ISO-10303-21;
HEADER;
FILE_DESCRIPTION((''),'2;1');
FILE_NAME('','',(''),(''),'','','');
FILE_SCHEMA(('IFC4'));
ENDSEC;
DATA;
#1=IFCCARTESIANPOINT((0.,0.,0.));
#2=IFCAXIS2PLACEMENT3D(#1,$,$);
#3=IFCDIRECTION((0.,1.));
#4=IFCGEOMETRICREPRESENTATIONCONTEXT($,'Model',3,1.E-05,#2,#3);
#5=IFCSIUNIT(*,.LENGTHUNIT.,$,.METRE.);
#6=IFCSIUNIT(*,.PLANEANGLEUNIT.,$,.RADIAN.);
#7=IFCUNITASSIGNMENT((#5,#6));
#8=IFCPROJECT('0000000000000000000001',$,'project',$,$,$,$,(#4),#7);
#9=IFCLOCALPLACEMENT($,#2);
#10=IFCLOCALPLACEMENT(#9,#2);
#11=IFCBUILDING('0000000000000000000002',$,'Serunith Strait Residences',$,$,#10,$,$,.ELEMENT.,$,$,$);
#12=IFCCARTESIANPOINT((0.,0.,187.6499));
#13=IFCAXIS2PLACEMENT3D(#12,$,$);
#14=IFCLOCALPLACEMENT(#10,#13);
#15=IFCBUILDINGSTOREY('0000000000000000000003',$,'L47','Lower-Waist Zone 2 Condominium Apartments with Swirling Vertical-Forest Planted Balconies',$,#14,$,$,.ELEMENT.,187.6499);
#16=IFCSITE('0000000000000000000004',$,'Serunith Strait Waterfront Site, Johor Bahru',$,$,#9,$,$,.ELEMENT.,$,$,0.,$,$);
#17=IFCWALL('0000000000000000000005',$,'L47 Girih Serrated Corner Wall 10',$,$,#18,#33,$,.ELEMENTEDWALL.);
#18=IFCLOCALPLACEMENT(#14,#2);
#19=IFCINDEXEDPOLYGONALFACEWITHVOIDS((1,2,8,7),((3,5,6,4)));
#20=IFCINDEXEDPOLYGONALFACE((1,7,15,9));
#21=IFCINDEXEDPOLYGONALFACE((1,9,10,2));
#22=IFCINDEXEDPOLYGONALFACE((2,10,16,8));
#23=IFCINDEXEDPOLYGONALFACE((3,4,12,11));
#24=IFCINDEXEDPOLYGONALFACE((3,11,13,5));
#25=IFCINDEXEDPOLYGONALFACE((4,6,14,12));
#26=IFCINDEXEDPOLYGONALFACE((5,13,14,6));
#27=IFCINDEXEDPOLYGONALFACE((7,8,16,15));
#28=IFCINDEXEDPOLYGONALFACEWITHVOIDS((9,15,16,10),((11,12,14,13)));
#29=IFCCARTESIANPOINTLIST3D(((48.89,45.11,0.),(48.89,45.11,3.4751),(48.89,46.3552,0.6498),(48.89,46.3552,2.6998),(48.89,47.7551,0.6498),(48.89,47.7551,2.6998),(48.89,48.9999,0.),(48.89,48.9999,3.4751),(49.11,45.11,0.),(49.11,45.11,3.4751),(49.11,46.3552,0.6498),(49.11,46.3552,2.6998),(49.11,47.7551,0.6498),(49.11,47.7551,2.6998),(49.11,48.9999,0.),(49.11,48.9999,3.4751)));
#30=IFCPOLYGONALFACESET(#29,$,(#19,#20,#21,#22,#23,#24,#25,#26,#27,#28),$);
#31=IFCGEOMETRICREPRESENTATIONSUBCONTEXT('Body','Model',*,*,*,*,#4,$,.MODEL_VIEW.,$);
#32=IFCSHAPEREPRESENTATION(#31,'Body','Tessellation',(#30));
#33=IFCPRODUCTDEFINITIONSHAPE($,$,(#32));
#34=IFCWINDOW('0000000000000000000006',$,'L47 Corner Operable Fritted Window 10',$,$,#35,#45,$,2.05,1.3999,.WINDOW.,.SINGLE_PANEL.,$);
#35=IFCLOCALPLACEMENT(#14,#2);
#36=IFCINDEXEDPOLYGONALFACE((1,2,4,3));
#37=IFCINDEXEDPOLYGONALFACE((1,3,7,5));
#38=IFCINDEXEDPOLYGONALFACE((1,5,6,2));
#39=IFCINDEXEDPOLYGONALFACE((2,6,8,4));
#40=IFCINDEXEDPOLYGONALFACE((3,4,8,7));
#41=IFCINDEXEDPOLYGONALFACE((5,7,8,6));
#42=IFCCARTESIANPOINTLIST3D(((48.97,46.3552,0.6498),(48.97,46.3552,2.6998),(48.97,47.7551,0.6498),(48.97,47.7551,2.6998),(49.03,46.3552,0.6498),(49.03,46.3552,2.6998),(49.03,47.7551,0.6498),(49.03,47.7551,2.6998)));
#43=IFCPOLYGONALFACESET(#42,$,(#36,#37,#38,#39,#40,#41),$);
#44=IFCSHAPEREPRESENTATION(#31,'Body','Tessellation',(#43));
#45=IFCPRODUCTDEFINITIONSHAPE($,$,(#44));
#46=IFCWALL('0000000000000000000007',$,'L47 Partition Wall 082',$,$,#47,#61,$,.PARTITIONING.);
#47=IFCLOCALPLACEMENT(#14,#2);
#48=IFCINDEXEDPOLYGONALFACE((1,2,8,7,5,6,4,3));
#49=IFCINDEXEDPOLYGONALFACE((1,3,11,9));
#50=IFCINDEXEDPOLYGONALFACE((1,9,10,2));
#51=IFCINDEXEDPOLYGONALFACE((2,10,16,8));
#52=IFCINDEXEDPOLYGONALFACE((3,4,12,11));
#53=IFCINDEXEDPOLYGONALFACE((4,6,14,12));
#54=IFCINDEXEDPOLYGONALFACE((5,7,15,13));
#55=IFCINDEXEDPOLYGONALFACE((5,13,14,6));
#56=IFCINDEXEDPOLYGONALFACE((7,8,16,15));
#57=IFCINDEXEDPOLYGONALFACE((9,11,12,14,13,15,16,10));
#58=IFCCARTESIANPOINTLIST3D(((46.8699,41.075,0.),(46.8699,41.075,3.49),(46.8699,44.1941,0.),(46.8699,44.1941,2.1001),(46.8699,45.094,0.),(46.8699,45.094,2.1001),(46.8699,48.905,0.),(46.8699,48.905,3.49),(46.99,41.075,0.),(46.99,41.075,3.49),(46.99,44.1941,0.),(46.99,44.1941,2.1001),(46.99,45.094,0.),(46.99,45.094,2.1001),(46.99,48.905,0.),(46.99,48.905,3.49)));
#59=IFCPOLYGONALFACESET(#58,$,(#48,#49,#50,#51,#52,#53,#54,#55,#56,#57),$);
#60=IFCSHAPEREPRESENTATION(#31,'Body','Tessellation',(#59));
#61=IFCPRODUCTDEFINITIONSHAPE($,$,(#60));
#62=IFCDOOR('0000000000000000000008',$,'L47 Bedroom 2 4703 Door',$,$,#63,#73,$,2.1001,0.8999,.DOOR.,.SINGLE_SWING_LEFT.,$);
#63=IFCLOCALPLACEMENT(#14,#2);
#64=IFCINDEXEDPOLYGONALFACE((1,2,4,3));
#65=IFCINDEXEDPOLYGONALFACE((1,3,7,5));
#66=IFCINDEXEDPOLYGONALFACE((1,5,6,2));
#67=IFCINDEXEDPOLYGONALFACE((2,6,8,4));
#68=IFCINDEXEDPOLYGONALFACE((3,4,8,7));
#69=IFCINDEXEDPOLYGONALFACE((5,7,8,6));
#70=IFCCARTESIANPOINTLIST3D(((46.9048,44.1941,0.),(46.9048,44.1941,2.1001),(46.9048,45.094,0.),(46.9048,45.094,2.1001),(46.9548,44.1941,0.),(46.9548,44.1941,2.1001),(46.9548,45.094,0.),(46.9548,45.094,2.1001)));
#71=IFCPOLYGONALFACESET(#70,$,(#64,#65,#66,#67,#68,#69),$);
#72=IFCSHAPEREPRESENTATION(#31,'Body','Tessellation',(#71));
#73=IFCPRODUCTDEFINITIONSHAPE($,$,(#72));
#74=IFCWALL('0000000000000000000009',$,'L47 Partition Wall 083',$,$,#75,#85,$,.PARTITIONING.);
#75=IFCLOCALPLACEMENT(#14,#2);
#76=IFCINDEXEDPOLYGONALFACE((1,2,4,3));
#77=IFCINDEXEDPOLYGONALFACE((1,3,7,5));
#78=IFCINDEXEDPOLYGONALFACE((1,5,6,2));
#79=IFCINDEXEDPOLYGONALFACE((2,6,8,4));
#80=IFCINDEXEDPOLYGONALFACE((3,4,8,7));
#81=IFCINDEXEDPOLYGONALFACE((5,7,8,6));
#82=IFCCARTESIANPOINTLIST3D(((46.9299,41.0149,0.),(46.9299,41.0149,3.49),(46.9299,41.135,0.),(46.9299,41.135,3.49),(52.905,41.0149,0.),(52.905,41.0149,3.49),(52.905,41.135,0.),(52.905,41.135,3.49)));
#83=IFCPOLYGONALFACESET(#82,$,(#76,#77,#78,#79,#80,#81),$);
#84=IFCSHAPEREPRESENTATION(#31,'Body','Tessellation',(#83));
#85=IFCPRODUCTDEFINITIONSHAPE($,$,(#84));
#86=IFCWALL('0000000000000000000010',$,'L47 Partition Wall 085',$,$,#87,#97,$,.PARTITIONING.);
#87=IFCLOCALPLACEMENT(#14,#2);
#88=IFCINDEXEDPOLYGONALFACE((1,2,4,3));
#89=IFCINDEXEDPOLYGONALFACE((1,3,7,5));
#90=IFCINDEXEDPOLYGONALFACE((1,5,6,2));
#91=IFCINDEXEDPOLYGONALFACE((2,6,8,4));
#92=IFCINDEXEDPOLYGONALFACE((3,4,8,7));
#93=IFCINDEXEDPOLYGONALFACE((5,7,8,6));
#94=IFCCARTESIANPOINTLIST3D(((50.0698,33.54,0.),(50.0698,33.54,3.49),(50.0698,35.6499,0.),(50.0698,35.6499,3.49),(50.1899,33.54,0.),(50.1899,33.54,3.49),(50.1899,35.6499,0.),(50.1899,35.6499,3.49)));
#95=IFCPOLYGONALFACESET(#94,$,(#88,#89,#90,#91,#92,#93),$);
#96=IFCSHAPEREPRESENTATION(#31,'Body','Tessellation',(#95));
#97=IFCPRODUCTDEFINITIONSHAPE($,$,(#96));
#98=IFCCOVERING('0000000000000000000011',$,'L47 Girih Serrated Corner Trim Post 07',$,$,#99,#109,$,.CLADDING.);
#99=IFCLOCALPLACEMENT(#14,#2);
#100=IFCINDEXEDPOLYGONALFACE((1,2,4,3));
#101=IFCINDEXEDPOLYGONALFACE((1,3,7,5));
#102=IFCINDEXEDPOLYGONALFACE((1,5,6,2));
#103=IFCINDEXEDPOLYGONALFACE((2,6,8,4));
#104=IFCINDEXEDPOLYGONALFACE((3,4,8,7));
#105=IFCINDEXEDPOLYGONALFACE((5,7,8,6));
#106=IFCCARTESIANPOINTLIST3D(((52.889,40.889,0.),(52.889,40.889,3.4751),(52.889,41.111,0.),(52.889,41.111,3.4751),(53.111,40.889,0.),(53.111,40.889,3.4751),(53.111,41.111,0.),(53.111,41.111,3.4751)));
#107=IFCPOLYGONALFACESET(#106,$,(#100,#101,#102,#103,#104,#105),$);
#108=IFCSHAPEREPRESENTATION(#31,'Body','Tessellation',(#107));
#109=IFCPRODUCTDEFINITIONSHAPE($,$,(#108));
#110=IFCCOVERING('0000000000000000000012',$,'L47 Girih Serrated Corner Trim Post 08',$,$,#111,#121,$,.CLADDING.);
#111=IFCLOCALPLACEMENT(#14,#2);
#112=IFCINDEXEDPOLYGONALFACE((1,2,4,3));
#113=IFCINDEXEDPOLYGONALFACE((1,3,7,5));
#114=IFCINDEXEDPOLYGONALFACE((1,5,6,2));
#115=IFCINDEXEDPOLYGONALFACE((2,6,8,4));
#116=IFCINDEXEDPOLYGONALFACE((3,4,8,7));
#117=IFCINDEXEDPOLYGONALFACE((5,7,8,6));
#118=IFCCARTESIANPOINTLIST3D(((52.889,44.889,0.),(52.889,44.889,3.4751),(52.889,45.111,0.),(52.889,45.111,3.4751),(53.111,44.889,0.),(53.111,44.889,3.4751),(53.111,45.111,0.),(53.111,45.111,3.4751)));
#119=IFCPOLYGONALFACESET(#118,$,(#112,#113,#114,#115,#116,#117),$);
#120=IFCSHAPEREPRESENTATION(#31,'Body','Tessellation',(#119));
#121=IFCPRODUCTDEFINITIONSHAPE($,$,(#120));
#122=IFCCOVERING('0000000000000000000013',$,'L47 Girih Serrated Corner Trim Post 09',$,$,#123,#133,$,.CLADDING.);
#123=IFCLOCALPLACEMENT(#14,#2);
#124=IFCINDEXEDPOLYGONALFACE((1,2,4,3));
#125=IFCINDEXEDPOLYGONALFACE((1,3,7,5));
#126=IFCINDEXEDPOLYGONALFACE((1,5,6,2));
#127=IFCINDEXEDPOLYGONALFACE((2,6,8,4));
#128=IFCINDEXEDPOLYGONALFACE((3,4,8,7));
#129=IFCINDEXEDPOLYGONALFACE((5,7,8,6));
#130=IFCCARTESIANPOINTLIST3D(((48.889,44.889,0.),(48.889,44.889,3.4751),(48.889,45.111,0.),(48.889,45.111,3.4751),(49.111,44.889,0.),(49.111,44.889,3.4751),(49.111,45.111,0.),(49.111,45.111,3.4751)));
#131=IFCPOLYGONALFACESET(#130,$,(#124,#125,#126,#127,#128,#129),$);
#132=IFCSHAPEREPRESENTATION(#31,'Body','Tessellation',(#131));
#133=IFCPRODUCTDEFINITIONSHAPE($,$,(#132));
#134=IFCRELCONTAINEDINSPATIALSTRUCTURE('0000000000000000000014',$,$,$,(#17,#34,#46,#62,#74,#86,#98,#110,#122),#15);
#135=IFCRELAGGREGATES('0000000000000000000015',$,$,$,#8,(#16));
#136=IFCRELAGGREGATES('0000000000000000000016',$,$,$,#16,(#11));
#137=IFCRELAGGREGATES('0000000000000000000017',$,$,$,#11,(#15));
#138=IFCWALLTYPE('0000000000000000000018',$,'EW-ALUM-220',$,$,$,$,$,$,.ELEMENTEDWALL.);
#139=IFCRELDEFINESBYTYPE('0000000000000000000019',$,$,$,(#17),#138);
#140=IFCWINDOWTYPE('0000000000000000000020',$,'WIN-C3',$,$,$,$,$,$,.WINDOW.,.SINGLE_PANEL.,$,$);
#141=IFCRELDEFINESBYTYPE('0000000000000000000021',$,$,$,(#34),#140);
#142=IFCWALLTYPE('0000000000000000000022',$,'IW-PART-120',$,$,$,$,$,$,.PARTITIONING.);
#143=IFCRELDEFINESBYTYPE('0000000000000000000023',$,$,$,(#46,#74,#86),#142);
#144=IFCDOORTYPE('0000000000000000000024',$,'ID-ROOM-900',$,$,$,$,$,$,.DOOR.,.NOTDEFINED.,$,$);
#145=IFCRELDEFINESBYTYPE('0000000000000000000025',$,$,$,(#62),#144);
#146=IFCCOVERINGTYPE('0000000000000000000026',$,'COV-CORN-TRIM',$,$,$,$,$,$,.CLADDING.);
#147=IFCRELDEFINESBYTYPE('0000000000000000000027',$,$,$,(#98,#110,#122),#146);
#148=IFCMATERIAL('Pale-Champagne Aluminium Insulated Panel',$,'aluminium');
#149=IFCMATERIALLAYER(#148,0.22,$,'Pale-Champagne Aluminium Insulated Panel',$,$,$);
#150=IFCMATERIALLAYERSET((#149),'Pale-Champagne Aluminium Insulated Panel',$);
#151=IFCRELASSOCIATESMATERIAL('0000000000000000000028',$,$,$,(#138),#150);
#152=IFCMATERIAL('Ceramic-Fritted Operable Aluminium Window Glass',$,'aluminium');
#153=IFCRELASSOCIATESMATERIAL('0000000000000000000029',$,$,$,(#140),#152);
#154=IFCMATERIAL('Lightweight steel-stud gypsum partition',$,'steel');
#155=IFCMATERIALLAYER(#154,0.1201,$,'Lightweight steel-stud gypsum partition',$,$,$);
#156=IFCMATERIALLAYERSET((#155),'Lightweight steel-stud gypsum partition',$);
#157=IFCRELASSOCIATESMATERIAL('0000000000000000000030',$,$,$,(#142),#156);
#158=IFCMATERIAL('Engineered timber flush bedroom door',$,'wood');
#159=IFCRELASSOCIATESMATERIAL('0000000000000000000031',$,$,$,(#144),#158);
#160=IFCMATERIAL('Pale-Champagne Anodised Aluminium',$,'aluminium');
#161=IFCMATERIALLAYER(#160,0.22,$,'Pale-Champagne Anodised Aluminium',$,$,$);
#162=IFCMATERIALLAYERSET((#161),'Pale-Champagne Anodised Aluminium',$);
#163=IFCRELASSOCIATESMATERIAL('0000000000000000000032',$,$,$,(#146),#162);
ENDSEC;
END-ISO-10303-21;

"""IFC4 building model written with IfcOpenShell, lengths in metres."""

from ifc_helpers import new_model, si_unit, direction, frame, frame_2d, origin, origin_2d, place, context, subcontext, project, spatial, rectangle, extrude, source, transform, mapped, material, layer, layer_set, type_object, element, fill, save


model = new_model("IFC4")

# Units and contexts
model_context = context("Model", 3, precision=1e-05, world=origin(), true_north=direction((0.0, 1.0)))
body_context = subcontext(model_context, "Body", "Model", "MODEL_VIEW")
ifc_project = project(units=[si_unit("LENGTHUNIT", "METRE"), si_unit("PLANEANGLEUNIT", "RADIAN")], contexts=[model_context])

# Site, building, storey
site_placement = place(None, origin())
site = spatial("IfcSite", under=ifc_project, at=site_placement, Name="Serunith Strait Waterfront Site, Johor Bahru", CompositionType="ELEMENT", RefElevation=0.0)
building_placement = place(site_placement, origin())
building = spatial("IfcBuilding", under=site, at=building_placement, Name="Serunith Strait Residences", CompositionType="ELEMENT")
storey_placement = place(building_placement, frame((0.0, 0.0, 187.6499)))
storey = spatial("IfcBuildingStorey", under=building, at=storey_placement, Name="L47", Description="Lower-Waist Zone 2 Condominium Apartments with Swirling Vertical-Forest Planted Balconies", CompositionType="ELEMENT", Elevation=187.6499)

# Shared definitions
ifc_material_1 = material(Name="Pale-Champagne Anodised Aluminium", Category="aluminium")

# Wall, opening, window
ifc_material_2 = material(Name="Pale-Champagne Aluminium Insulated Panel", Category="aluminium")
ifc_layer_1 = layer(ifc_material_2, 0.22, Name="Pale-Champagne Aluminium Insulated Panel")
ifc_layer_set_1 = layer_set([ifc_layer_1], Name="Pale-Champagne Aluminium Insulated Panel")
wall_type_1 = type_object("IfcWallType", Name="EW-ALUM-220", PredefinedType="ELEMENTEDWALL", material=ifc_layer_set_1)
ifc_material_3 = material(Name="Ceramic-Fritted Operable Aluminium Window Glass", Category="aluminium")
window_type = type_object("IfcWindowType", Name="WIN-C3", PartitioningType="SINGLE_PANEL", PredefinedType="WINDOW", material=ifc_material_3)
shared_shape_1 = source(origin(), body_context, "Body", "SweptSolid", [
    extrude(rectangle(XDim=1.3999, YDim=2.05, at=frame_2d((0.7, 1.0249))), frame((0.0, 0.03, 0.0), z_axis=(0.0, -1.0, 0.0), x_axis=(1.0, 0.0, 0.0)), (0.0, 0.0, 1.0), 0.0601),
])
wall_1_placement = place(storey_placement, frame((49.0, 45.1101, 0.0), z_axis=(0.0, 0.0, 1.0), x_axis=(0.0, 1.0, 0.0)))
wall_1 = element("IfcWall", 1, at=wall_1_placement, inside=storey, type_object=wall_type_1, Name="L47 Girih Serrated Corner Wall 10", PredefinedType="ELEMENTEDWALL", context=body_context, shape_type="SweptSolid", body=[
    extrude(rectangle(XDim=3.8899, YDim=0.22, at=frame_2d((1.9448, 0.0))), origin(), (0.0, 0.0, 1.0), 3.4751),
])
opening_1_placement = place(wall_1_placement, frame((1.2451, 0.0, 0.6499)))
opening_1 = element("IfcOpeningElement", 2, at=opening_1_placement, cuts=wall_1, PredefinedType="OPENING", context=body_context, shape_type="SweptSolid", body=[
    extrude(rectangle(XDim=1.3999, YDim=2.05, at=frame_2d((0.7, 1.0249))), frame((0.0, 0.1201, 0.0), z_axis=(0.0, -1.0, 0.0), x_axis=(1.0, 0.0, 0.0)), (0.0, 0.0, 1.0), 0.24),
])
window_1_placement = place(opening_1_placement, origin())
window_1 = element("IfcWindow", 3, at=window_1_placement, inside=storey, type_object=window_type, Name="L47 Corner Operable Fritted Window 10", OverallHeight=2.05, OverallWidth=1.3999, PartitioningType="SINGLE_PANEL", PredefinedType="WINDOW", context=body_context, shape_type="MappedRepresentation", body=[
    mapped(shared_shape_1, transform((0.0, 0.0, 0.0), scale=1.0)),
])
fill(opening_1, window_1)

# Wall, opening, door
ifc_material_4 = material(Name="Lightweight steel-stud gypsum partition", Category="steel")
ifc_layer_2 = layer(ifc_material_4, 0.1201, Name="Lightweight steel-stud gypsum partition")
ifc_layer_set_2 = layer_set([ifc_layer_2], Name="Lightweight steel-stud gypsum partition")
wall_type_2 = type_object("IfcWallType", Name="IW-PART-120", PredefinedType="PARTITIONING", material=ifc_layer_set_2)
wall_2_placement = place(storey_placement, frame((46.9299, 48.905, 0.0), z_axis=(0.0, 0.0, 1.0), x_axis=(0.0, -1.0, 0.0)))
wall_2 = element("IfcWall", 4, at=wall_2_placement, inside=storey, type_object=wall_type_2, Name="L47 Partition Wall 082", PredefinedType="PARTITIONING", context=body_context, shape_type="SweptSolid", body=[
    extrude(rectangle(XDim=7.8301, YDim=0.1201, at=frame_2d((3.915, 0.0))), origin(), (0.0, 0.0, 1.0), 3.49),
])
opening_2_placement = place(wall_2_placement, frame((3.811, 0.0, 0.0)))
opening_2 = element("IfcOpeningElement", 5, at=opening_2_placement, cuts=wall_2, PredefinedType="OPENING", context=body_context, shape_type="SweptSolid", body=[
    extrude(rectangle(XDim=0.8999, YDim=2.1001, at=frame_2d((0.45, 1.05))), frame((0.0, 0.0701, 0.0), z_axis=(0.0, -1.0, 0.0), x_axis=(1.0, 0.0, 0.0)), (0.0, 0.0, 1.0), 0.1401),
])
ifc_material_5 = material(Name="Engineered timber flush bedroom door", Category="wood")
door_type = type_object("IfcDoorType", Name="ID-ROOM-900", OperationType="NOTDEFINED", PredefinedType="DOOR", material=ifc_material_5)
shared_shape_2 = source(origin(), body_context, "Body", "SweptSolid", [
    extrude(rectangle(XDim=0.8999, YDim=2.1001, at=frame_2d((0.45, 1.05))), frame((0.0, 0.0249, 0.0), z_axis=(0.0, -1.0, 0.0), x_axis=(1.0, 0.0, 0.0)), (0.0, 0.0, 1.0), 0.05),
])
door_placement = place(opening_2_placement, origin())
door = element("IfcDoor", 6, at=door_placement, inside=storey, type_object=door_type, Name="L47 Bedroom 2 4703 Door", OperationType="SINGLE_SWING_LEFT", OverallHeight=2.1001, OverallWidth=0.8999, PredefinedType="DOOR", context=body_context, shape_type="MappedRepresentation", body=[
    mapped(shared_shape_2, transform((0.0, 0.0, 0.0), scale=1.0)),
])
fill(opening_2, door)

# Walls
wall_3_placement = place(storey_placement, frame((46.9299, 41.075, 0.0), z_axis=(0.0, 0.0, 1.0), x_axis=(1.0, 0.0, 0.0)))
element("IfcWall", 7, at=wall_3_placement, inside=storey, type_object=wall_type_2, Name="L47 Partition Wall 083", PredefinedType="PARTITIONING", context=body_context, shape_type="SweptSolid", body=[
    extrude(rectangle(XDim=5.9751, YDim=0.1201, at=frame_2d((2.9875, 0.0))), origin(), (0.0, 0.0, 1.0), 3.49),
])
wall_4_placement = place(storey_placement, frame((50.1299, 35.6499, 0.0), z_axis=(0.0, 0.0, 1.0), x_axis=(0.0, -1.0, 0.0)))
element("IfcWall", 8, at=wall_4_placement, inside=storey, type_object=wall_type_2, Name="L47 Partition Wall 085", PredefinedType="PARTITIONING", context=body_context, shape_type="SweptSolid", body=[
    extrude(rectangle(XDim=2.1099, YDim=0.1201, at=frame_2d((1.0549, 0.0))), origin(), (0.0, 0.0, 1.0), 3.49),
])

# Coverings
ifc_layer_3 = layer(ifc_material_1, 0.22, Name="Pale-Champagne Anodised Aluminium")
ifc_layer_set_3 = layer_set([ifc_layer_3], Name="Pale-Champagne Anodised Aluminium")
covering_type = type_object("IfcCoveringType", Name="COV-CORN-TRIM", PredefinedType="CLADDING", material=ifc_layer_set_3)
shared_shape_3 = source(origin(), body_context, "Body", "SweptSolid", [
    extrude(rectangle(XDim=0.2219, YDim=0.2219, at=origin_2d()), origin(), (0.0, 0.0, 1.0), 3.4751),
])
for number, where, z_axis, x_axis, name in (
    (9, (53.0, 41.0, 0.0), (0.0, 0.0, 1.0), (1.0, 0.0, 0.0), "L47 Girih Serrated Corner Trim Post 07"),
    (10, (53.0, 45.0, 0.0), (0.0, 0.0, 1.0), (1.0, 0.0, 0.0), "L47 Girih Serrated Corner Trim Post 08"),
    (11, (49.0, 45.0, 0.0), (0.0, 0.0, 1.0), (1.0, 0.0, 0.0), "L47 Girih Serrated Corner Trim Post 09"),
):
    element("IfcCovering", number, at=place(storey_placement, frame(where, z_axis=z_axis, x_axis=x_axis)), inside=storey, type_object=covering_type, Name=name, PredefinedType="CLADDING", context=body_context, shape_type="MappedRepresentation", body=[
        mapped(shared_shape_3, transform((0.0, 0.0, 0.0), scale=1.0)),
    ])

save(model, "model.ifc")
